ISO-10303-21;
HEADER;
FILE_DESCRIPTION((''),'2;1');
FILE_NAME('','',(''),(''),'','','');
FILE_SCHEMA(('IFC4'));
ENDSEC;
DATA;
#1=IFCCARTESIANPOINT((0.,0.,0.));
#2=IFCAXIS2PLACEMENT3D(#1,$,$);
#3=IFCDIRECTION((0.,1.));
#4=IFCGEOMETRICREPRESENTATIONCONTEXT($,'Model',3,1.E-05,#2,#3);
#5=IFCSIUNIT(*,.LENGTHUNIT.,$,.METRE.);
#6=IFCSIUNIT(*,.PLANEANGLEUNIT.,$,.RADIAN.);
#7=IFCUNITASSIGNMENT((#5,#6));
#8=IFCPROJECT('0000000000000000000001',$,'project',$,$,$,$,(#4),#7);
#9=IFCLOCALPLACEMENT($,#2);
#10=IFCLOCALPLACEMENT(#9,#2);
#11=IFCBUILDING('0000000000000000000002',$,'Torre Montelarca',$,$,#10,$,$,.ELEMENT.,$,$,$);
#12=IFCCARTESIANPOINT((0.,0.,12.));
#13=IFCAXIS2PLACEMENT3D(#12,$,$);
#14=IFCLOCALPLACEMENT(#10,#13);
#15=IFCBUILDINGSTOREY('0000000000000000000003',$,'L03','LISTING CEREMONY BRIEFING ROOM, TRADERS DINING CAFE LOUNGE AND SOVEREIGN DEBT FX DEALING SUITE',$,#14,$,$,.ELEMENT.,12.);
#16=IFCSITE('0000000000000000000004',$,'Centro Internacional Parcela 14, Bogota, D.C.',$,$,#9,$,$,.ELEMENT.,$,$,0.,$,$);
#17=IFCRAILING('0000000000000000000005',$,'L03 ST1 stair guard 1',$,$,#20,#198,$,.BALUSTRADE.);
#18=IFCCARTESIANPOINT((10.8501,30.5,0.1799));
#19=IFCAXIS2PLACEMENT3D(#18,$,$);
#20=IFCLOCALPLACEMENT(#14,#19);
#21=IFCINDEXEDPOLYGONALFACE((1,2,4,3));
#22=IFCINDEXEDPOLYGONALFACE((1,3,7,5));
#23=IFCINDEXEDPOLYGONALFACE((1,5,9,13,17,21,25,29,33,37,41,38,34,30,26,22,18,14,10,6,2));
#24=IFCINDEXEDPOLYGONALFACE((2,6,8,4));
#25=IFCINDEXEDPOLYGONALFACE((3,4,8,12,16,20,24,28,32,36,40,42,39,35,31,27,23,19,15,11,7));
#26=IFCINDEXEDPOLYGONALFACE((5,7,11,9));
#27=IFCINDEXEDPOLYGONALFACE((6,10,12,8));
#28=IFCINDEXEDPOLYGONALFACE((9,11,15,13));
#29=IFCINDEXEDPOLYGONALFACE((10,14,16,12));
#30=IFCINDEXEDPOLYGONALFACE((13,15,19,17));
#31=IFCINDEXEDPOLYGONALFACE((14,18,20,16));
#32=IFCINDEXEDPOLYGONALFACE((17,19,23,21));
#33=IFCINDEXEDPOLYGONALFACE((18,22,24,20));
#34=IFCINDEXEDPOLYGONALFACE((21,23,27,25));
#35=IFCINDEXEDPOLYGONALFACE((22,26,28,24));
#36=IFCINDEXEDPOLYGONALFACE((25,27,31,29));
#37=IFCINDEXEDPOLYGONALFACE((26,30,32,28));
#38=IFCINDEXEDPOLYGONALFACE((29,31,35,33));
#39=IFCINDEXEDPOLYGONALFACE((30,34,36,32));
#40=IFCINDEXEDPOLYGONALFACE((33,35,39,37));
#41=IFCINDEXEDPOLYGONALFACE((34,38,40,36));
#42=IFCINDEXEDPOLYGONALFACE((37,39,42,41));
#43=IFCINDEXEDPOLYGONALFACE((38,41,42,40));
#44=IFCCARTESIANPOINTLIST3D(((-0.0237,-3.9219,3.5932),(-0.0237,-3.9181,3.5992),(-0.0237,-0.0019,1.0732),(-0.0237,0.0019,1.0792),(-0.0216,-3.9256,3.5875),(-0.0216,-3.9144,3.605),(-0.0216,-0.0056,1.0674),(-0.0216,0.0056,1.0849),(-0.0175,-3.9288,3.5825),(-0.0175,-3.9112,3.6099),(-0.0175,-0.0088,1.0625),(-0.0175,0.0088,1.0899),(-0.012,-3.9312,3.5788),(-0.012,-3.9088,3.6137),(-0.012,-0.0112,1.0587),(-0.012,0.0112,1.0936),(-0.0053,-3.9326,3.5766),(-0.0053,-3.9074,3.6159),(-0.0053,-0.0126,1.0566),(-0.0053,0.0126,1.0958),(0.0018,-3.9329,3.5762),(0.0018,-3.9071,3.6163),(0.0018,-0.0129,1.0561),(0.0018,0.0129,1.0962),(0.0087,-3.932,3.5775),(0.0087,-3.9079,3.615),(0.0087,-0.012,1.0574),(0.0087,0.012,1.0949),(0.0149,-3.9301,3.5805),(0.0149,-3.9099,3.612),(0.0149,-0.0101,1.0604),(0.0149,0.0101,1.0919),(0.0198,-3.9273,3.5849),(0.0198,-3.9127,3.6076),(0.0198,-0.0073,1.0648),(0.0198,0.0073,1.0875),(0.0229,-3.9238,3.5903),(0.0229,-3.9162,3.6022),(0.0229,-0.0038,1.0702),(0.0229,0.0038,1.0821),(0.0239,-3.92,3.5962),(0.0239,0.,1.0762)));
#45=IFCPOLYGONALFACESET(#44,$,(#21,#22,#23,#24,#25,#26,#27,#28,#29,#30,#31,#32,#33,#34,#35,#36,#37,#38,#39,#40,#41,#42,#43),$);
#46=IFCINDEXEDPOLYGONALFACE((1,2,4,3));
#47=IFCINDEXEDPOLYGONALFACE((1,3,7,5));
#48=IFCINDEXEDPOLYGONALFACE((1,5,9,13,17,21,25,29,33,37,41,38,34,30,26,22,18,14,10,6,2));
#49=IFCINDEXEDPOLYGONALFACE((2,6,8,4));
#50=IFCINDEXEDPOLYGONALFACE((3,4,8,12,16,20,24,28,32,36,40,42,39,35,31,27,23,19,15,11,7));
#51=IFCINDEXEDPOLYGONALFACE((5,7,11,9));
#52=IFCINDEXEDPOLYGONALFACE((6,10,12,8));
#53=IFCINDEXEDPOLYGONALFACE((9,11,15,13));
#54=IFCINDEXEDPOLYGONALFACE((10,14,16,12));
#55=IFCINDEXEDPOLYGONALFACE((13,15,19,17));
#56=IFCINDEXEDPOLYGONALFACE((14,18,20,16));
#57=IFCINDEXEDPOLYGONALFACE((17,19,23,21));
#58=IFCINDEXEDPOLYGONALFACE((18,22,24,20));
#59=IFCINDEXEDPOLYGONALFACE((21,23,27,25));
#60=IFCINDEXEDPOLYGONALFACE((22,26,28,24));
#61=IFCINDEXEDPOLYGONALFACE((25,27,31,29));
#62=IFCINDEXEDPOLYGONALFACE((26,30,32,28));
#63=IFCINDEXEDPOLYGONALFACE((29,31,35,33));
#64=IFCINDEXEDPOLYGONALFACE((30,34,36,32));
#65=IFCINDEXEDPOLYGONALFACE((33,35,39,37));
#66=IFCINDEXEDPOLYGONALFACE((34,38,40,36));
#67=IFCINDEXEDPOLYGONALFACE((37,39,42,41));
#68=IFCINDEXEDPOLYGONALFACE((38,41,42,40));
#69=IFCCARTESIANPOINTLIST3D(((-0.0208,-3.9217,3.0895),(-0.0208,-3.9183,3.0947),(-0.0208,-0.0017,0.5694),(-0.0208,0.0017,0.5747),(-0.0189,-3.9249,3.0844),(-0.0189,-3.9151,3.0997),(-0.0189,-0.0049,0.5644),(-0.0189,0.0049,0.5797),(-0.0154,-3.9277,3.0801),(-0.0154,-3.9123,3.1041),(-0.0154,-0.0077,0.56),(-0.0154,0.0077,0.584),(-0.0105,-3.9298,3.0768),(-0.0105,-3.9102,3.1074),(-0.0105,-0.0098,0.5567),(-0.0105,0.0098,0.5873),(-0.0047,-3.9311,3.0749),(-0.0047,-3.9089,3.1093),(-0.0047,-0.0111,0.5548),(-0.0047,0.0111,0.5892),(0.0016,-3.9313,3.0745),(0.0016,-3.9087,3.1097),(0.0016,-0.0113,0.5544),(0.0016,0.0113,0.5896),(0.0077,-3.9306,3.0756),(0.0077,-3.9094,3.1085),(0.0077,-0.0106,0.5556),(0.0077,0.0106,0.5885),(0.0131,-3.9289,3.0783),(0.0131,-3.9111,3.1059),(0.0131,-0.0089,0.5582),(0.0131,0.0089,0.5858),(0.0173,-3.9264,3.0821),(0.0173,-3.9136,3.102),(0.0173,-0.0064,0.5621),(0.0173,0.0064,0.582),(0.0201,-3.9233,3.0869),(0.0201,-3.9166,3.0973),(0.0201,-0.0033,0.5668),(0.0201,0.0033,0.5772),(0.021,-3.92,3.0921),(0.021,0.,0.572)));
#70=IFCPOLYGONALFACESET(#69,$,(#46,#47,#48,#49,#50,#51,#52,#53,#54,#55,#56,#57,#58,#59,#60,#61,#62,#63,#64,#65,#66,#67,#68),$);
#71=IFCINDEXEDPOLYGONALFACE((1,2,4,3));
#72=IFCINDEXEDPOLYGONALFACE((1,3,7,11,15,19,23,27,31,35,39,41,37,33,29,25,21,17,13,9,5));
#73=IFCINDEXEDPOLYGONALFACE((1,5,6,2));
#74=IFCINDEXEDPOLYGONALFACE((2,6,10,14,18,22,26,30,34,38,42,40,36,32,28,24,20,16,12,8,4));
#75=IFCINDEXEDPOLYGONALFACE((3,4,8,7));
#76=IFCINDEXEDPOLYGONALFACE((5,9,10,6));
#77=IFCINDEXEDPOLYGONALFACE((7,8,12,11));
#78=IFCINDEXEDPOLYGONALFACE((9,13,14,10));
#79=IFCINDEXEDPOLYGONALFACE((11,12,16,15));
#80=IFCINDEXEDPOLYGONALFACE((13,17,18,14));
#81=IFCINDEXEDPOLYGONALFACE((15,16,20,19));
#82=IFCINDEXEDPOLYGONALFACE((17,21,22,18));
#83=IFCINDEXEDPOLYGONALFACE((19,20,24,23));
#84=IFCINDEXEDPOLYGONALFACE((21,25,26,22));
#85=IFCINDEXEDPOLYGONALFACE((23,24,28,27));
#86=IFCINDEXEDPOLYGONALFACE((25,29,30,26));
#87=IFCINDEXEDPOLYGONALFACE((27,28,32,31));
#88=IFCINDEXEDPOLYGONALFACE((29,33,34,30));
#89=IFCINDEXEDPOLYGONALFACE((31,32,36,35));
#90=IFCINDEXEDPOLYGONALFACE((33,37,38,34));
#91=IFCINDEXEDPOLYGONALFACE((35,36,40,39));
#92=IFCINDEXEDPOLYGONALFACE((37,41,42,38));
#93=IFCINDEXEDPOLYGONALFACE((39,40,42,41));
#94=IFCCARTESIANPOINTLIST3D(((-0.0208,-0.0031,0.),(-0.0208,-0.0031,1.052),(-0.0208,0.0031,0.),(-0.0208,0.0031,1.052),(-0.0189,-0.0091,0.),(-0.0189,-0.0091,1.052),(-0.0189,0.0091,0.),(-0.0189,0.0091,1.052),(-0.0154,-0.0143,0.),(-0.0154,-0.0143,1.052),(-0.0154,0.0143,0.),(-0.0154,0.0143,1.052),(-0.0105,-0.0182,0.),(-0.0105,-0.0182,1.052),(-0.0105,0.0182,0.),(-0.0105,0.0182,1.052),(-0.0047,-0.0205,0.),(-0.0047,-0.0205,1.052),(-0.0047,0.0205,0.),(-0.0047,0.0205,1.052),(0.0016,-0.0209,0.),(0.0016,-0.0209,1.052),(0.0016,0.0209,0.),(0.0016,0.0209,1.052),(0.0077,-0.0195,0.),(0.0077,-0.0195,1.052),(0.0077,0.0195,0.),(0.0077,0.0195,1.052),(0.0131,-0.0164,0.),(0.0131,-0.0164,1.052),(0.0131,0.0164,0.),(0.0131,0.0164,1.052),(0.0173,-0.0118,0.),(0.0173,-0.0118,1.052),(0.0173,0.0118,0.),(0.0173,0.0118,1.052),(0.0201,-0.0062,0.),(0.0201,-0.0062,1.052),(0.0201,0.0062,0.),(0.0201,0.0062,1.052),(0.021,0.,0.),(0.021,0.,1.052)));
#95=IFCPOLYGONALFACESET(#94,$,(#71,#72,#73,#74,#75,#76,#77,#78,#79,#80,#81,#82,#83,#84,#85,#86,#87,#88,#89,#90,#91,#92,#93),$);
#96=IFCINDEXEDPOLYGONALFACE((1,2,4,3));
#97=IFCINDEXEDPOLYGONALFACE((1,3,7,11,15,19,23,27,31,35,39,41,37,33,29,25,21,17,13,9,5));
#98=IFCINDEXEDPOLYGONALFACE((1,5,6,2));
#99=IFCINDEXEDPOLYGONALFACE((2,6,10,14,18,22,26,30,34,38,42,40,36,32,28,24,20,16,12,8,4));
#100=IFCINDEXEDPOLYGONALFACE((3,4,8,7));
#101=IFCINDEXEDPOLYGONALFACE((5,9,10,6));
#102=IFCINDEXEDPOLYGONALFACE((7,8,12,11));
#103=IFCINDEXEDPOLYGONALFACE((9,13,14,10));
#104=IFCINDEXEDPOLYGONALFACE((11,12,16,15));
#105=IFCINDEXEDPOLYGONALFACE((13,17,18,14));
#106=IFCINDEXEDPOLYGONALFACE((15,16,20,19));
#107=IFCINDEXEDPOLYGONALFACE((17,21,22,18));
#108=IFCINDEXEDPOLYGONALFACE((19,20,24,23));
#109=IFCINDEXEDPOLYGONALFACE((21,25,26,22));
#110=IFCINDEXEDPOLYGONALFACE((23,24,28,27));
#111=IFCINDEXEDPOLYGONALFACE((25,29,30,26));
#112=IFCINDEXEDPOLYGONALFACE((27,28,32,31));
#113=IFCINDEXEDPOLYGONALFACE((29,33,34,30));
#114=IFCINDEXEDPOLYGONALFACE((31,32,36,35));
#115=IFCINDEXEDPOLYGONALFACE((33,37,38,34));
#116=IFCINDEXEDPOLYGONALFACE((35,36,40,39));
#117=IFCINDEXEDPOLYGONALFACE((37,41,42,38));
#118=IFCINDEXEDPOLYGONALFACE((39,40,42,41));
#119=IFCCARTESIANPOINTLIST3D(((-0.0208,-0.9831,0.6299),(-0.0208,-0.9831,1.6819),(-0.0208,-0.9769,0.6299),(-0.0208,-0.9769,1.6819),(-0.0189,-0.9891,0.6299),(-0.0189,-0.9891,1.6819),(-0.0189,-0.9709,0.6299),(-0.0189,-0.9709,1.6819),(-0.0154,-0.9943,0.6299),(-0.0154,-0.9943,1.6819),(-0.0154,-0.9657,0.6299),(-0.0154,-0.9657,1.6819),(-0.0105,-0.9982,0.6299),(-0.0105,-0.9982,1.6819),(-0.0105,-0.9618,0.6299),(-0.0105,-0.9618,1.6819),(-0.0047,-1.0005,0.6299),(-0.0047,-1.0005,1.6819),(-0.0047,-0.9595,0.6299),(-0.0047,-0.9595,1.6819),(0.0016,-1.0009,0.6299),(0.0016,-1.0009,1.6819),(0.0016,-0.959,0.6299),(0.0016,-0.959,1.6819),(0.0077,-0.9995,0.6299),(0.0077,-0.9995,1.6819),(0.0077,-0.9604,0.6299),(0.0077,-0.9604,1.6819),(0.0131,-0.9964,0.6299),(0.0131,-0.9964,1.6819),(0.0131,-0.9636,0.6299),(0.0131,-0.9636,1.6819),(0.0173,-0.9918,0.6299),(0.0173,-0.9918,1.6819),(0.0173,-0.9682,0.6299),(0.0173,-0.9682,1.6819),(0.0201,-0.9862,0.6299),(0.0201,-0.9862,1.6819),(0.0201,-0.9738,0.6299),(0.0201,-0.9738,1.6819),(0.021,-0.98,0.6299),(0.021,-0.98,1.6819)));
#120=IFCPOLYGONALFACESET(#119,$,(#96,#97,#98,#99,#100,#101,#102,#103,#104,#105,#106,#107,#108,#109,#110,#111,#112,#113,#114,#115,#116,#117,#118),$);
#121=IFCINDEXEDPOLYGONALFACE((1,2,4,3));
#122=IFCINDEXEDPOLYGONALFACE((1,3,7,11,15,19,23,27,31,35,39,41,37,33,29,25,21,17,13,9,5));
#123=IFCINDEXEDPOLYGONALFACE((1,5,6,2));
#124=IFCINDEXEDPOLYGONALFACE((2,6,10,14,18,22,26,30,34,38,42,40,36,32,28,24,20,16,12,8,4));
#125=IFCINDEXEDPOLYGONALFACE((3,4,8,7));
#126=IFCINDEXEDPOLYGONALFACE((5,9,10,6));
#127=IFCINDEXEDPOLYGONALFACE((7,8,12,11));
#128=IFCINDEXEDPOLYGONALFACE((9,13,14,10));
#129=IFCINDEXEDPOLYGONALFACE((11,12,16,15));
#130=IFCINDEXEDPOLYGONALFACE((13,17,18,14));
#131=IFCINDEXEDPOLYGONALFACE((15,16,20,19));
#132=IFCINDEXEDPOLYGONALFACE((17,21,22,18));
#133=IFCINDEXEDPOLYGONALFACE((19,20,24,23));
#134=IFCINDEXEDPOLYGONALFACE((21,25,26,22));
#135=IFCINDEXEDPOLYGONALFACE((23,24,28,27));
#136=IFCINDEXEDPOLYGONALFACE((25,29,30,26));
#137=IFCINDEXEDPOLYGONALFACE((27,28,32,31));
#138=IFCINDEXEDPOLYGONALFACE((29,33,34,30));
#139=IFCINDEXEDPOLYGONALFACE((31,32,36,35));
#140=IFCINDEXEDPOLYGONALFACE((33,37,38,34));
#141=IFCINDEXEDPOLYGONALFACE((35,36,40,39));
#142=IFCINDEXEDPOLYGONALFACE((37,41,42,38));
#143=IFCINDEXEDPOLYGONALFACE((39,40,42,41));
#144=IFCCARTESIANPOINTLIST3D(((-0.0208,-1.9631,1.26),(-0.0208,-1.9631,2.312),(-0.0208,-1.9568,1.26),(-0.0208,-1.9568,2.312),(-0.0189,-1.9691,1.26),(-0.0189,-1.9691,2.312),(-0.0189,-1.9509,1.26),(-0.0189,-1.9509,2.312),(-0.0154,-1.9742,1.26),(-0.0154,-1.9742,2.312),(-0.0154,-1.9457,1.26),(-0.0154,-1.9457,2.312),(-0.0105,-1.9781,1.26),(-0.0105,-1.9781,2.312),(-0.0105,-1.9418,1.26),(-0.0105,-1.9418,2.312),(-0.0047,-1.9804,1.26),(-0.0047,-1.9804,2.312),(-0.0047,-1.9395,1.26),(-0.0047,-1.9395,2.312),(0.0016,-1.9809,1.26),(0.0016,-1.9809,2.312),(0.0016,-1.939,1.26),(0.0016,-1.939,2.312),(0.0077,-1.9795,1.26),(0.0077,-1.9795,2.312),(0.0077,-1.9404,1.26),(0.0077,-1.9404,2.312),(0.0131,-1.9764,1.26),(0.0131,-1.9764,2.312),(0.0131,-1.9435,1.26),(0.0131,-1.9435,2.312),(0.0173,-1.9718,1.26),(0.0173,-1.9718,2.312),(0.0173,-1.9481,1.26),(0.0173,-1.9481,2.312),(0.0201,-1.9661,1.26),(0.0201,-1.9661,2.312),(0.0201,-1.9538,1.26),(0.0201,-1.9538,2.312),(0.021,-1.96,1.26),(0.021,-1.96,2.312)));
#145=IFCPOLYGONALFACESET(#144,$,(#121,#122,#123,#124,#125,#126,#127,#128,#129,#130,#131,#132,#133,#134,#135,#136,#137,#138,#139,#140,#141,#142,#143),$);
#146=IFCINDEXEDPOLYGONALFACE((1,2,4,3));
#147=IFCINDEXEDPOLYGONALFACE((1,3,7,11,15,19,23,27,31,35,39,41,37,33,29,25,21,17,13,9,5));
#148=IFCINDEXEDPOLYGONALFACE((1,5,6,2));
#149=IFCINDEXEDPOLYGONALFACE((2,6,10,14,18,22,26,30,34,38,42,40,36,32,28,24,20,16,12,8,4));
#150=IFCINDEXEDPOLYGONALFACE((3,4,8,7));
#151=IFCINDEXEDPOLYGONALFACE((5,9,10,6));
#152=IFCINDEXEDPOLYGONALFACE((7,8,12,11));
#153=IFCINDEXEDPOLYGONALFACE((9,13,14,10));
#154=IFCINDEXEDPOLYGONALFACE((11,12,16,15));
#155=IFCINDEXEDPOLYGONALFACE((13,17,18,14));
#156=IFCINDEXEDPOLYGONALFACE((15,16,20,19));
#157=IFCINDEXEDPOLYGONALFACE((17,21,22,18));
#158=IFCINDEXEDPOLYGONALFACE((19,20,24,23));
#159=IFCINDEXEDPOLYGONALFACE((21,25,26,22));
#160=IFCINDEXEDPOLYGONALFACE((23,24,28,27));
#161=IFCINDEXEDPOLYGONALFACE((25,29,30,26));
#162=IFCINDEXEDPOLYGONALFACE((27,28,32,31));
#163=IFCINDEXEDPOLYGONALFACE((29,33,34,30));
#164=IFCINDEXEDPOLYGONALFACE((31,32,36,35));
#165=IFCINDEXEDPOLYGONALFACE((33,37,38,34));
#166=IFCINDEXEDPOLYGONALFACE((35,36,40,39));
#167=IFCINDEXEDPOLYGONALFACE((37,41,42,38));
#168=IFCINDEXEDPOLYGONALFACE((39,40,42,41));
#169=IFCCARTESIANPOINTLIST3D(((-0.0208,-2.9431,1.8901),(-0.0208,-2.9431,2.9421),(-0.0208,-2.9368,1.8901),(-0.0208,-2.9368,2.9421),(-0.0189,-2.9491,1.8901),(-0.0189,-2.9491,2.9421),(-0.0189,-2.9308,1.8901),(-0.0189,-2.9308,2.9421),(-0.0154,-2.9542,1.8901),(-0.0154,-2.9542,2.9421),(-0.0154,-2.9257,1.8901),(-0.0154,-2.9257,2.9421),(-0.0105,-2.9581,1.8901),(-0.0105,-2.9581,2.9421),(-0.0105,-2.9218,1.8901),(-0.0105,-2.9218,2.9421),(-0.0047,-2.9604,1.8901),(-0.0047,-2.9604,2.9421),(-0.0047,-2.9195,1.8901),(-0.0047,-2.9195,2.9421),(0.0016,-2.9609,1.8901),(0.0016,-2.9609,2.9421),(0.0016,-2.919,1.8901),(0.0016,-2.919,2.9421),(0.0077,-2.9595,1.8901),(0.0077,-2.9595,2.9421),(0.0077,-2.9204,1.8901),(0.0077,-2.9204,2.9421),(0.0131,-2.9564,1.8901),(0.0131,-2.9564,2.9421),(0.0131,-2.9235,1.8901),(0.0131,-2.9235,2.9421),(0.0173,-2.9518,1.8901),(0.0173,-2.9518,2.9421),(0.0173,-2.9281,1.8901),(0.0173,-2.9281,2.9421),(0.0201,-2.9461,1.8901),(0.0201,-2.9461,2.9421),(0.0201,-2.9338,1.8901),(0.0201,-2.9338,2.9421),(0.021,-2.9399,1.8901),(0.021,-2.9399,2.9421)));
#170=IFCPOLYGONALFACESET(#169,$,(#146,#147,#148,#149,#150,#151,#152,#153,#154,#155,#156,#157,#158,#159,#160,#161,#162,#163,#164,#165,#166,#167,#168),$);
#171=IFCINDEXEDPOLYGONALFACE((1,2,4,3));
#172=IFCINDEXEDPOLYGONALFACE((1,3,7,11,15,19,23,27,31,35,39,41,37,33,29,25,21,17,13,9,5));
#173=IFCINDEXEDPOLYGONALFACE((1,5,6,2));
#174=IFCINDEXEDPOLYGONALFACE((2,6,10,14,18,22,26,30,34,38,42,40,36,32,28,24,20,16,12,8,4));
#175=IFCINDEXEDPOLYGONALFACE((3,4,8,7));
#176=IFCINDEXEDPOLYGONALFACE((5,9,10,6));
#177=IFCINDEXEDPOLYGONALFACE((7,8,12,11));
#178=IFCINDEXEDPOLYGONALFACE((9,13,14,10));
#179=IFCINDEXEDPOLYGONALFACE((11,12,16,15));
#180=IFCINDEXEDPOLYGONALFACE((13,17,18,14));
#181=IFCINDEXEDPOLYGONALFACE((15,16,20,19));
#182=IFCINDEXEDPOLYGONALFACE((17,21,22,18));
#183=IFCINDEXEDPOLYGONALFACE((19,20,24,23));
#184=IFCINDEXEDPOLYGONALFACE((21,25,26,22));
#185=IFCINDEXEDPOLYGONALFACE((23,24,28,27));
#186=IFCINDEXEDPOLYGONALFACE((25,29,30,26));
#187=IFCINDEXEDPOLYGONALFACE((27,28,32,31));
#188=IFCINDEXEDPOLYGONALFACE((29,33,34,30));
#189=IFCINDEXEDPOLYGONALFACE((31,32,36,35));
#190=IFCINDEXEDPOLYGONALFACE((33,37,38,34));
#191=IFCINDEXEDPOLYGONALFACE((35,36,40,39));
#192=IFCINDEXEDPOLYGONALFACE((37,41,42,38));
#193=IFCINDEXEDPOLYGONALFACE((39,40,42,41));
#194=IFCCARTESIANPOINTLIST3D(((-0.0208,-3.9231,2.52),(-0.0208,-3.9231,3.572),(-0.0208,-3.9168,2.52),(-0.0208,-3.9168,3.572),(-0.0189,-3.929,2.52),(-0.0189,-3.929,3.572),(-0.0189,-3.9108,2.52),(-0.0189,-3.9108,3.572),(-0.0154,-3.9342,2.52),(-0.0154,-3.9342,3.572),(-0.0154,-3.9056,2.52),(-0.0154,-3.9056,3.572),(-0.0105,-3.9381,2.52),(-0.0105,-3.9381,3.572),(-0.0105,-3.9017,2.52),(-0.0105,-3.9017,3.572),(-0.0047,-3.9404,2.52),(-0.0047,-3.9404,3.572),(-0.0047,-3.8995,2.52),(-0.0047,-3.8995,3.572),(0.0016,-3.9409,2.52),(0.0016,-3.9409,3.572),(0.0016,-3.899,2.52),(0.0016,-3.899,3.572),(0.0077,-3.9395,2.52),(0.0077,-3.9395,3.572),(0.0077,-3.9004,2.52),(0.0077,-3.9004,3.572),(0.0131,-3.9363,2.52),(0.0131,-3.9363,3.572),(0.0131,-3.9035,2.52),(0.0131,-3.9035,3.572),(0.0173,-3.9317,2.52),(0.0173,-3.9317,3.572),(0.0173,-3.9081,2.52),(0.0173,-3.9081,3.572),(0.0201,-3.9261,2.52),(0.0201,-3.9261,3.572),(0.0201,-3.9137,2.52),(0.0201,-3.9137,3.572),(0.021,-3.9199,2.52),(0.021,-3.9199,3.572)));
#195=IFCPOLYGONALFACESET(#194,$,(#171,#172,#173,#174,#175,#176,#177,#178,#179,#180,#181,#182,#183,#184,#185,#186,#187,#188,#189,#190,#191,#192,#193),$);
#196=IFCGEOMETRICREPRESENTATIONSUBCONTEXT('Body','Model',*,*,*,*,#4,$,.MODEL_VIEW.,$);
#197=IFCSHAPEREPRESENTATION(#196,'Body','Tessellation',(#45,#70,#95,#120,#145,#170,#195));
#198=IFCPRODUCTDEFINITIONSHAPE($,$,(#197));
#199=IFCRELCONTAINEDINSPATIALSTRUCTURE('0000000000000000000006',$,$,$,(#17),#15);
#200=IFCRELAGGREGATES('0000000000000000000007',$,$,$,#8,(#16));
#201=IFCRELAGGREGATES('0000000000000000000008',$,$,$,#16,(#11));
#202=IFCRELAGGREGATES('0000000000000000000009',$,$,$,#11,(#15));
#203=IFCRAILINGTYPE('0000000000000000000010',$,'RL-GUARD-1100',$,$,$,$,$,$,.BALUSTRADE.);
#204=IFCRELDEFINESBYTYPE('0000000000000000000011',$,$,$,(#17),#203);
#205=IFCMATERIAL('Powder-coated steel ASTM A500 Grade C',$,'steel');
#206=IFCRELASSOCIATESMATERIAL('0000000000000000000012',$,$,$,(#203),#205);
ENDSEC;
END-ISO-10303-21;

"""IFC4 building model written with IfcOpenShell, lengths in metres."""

from ifc_helpers import new_model, si_unit, direction, frame, origin, origin_2d, place, context, subcontext, project, spatial, circle, extrude, material, type_object, element, save


model = new_model("IFC4")

# Units and contexts
model_context = context("Model", 3, precision=1e-05, world=origin(), true_north=direction((0.0, 1.0)))
body_context = subcontext(model_context, "Body", "Model", "MODEL_VIEW")
ifc_project = project(units=[si_unit("LENGTHUNIT", "METRE"), si_unit("PLANEANGLEUNIT", "RADIAN")], contexts=[model_context])

# Site, building, storey
site_placement = place(None, origin())
site = spatial("IfcSite", under=ifc_project, at=site_placement, Name="Centro Internacional Parcela 14, Bogota, D.C.", CompositionType="ELEMENT", RefElevation=0.0)
building_placement = place(site_placement, origin())
building = spatial("IfcBuilding", under=site, at=building_placement, Name="Torre Montelarca", CompositionType="ELEMENT")
storey_placement = place(building_placement, frame((0.0, 0.0, 12.0)))
storey = spatial("IfcBuildingStorey", under=building, at=storey_placement, Name="L03", Description="LISTING CEREMONY BRIEFING ROOM, TRADERS DINING CAFE LOUNGE AND SOVEREIGN DEBT FX DEALING SUITE", CompositionType="ELEMENT", Elevation=12.0)

# Railing
ifc_material_1 = material(Name="Powder-coated steel ASTM A500 Grade C", Category="steel")
railing_type_1 = type_object("IfcRailingType", Name="RL-GUARD-1100", PredefinedType="BALUSTRADE", material=ifc_material_1)
railing_1_placement = place(storey_placement, frame((10.8501, 30.5, 0.1799)))
element("IfcRailing", 1, at=railing_1_placement, inside=storey, type_object=railing_type_1, Name="L03 ST1 stair guard 1", PredefinedType="BALUSTRADE", context=body_context, shape_type="SweptSolid", body=[
    extrude(circle(Radius=0.0239, at=origin_2d()), frame((0.0, 0.0, 1.0762), z_axis=(0.0, -0.841172, 0.540768), x_axis=(1.0, 0.0, 0.0)), (0.0, 0.0, 1.0), 4.6602),
    extrude(circle(Radius=0.021, at=origin_2d()), frame((0.0, 0.0, 0.572), z_axis=(0.0, -0.841172, 0.540768), x_axis=(1.0, 0.0, 0.0)), (0.0, 0.0, 1.0), 4.6602),
    extrude(circle(Radius=0.021, at=origin_2d()), origin(), (0.0, 0.0, 1.0), 1.052),
    extrude(circle(Radius=0.021, at=origin_2d()), frame((0.0, -0.98, 0.6299)), (0.0, 0.0, 1.0), 1.052),
    extrude(circle(Radius=0.021, at=origin_2d()), frame((0.0, -1.96, 1.26)), (0.0, 0.0, 1.0), 1.052),
    extrude(circle(Radius=0.021, at=origin_2d()), frame((0.0, -2.9399, 1.8901)), (0.0, 0.0, 1.0), 1.052),
    extrude(circle(Radius=0.021, at=origin_2d()), frame((0.0, -3.9199, 2.52)), (0.0, 0.0, 1.0), 1.052),
])

save(model, "model.ifc")
